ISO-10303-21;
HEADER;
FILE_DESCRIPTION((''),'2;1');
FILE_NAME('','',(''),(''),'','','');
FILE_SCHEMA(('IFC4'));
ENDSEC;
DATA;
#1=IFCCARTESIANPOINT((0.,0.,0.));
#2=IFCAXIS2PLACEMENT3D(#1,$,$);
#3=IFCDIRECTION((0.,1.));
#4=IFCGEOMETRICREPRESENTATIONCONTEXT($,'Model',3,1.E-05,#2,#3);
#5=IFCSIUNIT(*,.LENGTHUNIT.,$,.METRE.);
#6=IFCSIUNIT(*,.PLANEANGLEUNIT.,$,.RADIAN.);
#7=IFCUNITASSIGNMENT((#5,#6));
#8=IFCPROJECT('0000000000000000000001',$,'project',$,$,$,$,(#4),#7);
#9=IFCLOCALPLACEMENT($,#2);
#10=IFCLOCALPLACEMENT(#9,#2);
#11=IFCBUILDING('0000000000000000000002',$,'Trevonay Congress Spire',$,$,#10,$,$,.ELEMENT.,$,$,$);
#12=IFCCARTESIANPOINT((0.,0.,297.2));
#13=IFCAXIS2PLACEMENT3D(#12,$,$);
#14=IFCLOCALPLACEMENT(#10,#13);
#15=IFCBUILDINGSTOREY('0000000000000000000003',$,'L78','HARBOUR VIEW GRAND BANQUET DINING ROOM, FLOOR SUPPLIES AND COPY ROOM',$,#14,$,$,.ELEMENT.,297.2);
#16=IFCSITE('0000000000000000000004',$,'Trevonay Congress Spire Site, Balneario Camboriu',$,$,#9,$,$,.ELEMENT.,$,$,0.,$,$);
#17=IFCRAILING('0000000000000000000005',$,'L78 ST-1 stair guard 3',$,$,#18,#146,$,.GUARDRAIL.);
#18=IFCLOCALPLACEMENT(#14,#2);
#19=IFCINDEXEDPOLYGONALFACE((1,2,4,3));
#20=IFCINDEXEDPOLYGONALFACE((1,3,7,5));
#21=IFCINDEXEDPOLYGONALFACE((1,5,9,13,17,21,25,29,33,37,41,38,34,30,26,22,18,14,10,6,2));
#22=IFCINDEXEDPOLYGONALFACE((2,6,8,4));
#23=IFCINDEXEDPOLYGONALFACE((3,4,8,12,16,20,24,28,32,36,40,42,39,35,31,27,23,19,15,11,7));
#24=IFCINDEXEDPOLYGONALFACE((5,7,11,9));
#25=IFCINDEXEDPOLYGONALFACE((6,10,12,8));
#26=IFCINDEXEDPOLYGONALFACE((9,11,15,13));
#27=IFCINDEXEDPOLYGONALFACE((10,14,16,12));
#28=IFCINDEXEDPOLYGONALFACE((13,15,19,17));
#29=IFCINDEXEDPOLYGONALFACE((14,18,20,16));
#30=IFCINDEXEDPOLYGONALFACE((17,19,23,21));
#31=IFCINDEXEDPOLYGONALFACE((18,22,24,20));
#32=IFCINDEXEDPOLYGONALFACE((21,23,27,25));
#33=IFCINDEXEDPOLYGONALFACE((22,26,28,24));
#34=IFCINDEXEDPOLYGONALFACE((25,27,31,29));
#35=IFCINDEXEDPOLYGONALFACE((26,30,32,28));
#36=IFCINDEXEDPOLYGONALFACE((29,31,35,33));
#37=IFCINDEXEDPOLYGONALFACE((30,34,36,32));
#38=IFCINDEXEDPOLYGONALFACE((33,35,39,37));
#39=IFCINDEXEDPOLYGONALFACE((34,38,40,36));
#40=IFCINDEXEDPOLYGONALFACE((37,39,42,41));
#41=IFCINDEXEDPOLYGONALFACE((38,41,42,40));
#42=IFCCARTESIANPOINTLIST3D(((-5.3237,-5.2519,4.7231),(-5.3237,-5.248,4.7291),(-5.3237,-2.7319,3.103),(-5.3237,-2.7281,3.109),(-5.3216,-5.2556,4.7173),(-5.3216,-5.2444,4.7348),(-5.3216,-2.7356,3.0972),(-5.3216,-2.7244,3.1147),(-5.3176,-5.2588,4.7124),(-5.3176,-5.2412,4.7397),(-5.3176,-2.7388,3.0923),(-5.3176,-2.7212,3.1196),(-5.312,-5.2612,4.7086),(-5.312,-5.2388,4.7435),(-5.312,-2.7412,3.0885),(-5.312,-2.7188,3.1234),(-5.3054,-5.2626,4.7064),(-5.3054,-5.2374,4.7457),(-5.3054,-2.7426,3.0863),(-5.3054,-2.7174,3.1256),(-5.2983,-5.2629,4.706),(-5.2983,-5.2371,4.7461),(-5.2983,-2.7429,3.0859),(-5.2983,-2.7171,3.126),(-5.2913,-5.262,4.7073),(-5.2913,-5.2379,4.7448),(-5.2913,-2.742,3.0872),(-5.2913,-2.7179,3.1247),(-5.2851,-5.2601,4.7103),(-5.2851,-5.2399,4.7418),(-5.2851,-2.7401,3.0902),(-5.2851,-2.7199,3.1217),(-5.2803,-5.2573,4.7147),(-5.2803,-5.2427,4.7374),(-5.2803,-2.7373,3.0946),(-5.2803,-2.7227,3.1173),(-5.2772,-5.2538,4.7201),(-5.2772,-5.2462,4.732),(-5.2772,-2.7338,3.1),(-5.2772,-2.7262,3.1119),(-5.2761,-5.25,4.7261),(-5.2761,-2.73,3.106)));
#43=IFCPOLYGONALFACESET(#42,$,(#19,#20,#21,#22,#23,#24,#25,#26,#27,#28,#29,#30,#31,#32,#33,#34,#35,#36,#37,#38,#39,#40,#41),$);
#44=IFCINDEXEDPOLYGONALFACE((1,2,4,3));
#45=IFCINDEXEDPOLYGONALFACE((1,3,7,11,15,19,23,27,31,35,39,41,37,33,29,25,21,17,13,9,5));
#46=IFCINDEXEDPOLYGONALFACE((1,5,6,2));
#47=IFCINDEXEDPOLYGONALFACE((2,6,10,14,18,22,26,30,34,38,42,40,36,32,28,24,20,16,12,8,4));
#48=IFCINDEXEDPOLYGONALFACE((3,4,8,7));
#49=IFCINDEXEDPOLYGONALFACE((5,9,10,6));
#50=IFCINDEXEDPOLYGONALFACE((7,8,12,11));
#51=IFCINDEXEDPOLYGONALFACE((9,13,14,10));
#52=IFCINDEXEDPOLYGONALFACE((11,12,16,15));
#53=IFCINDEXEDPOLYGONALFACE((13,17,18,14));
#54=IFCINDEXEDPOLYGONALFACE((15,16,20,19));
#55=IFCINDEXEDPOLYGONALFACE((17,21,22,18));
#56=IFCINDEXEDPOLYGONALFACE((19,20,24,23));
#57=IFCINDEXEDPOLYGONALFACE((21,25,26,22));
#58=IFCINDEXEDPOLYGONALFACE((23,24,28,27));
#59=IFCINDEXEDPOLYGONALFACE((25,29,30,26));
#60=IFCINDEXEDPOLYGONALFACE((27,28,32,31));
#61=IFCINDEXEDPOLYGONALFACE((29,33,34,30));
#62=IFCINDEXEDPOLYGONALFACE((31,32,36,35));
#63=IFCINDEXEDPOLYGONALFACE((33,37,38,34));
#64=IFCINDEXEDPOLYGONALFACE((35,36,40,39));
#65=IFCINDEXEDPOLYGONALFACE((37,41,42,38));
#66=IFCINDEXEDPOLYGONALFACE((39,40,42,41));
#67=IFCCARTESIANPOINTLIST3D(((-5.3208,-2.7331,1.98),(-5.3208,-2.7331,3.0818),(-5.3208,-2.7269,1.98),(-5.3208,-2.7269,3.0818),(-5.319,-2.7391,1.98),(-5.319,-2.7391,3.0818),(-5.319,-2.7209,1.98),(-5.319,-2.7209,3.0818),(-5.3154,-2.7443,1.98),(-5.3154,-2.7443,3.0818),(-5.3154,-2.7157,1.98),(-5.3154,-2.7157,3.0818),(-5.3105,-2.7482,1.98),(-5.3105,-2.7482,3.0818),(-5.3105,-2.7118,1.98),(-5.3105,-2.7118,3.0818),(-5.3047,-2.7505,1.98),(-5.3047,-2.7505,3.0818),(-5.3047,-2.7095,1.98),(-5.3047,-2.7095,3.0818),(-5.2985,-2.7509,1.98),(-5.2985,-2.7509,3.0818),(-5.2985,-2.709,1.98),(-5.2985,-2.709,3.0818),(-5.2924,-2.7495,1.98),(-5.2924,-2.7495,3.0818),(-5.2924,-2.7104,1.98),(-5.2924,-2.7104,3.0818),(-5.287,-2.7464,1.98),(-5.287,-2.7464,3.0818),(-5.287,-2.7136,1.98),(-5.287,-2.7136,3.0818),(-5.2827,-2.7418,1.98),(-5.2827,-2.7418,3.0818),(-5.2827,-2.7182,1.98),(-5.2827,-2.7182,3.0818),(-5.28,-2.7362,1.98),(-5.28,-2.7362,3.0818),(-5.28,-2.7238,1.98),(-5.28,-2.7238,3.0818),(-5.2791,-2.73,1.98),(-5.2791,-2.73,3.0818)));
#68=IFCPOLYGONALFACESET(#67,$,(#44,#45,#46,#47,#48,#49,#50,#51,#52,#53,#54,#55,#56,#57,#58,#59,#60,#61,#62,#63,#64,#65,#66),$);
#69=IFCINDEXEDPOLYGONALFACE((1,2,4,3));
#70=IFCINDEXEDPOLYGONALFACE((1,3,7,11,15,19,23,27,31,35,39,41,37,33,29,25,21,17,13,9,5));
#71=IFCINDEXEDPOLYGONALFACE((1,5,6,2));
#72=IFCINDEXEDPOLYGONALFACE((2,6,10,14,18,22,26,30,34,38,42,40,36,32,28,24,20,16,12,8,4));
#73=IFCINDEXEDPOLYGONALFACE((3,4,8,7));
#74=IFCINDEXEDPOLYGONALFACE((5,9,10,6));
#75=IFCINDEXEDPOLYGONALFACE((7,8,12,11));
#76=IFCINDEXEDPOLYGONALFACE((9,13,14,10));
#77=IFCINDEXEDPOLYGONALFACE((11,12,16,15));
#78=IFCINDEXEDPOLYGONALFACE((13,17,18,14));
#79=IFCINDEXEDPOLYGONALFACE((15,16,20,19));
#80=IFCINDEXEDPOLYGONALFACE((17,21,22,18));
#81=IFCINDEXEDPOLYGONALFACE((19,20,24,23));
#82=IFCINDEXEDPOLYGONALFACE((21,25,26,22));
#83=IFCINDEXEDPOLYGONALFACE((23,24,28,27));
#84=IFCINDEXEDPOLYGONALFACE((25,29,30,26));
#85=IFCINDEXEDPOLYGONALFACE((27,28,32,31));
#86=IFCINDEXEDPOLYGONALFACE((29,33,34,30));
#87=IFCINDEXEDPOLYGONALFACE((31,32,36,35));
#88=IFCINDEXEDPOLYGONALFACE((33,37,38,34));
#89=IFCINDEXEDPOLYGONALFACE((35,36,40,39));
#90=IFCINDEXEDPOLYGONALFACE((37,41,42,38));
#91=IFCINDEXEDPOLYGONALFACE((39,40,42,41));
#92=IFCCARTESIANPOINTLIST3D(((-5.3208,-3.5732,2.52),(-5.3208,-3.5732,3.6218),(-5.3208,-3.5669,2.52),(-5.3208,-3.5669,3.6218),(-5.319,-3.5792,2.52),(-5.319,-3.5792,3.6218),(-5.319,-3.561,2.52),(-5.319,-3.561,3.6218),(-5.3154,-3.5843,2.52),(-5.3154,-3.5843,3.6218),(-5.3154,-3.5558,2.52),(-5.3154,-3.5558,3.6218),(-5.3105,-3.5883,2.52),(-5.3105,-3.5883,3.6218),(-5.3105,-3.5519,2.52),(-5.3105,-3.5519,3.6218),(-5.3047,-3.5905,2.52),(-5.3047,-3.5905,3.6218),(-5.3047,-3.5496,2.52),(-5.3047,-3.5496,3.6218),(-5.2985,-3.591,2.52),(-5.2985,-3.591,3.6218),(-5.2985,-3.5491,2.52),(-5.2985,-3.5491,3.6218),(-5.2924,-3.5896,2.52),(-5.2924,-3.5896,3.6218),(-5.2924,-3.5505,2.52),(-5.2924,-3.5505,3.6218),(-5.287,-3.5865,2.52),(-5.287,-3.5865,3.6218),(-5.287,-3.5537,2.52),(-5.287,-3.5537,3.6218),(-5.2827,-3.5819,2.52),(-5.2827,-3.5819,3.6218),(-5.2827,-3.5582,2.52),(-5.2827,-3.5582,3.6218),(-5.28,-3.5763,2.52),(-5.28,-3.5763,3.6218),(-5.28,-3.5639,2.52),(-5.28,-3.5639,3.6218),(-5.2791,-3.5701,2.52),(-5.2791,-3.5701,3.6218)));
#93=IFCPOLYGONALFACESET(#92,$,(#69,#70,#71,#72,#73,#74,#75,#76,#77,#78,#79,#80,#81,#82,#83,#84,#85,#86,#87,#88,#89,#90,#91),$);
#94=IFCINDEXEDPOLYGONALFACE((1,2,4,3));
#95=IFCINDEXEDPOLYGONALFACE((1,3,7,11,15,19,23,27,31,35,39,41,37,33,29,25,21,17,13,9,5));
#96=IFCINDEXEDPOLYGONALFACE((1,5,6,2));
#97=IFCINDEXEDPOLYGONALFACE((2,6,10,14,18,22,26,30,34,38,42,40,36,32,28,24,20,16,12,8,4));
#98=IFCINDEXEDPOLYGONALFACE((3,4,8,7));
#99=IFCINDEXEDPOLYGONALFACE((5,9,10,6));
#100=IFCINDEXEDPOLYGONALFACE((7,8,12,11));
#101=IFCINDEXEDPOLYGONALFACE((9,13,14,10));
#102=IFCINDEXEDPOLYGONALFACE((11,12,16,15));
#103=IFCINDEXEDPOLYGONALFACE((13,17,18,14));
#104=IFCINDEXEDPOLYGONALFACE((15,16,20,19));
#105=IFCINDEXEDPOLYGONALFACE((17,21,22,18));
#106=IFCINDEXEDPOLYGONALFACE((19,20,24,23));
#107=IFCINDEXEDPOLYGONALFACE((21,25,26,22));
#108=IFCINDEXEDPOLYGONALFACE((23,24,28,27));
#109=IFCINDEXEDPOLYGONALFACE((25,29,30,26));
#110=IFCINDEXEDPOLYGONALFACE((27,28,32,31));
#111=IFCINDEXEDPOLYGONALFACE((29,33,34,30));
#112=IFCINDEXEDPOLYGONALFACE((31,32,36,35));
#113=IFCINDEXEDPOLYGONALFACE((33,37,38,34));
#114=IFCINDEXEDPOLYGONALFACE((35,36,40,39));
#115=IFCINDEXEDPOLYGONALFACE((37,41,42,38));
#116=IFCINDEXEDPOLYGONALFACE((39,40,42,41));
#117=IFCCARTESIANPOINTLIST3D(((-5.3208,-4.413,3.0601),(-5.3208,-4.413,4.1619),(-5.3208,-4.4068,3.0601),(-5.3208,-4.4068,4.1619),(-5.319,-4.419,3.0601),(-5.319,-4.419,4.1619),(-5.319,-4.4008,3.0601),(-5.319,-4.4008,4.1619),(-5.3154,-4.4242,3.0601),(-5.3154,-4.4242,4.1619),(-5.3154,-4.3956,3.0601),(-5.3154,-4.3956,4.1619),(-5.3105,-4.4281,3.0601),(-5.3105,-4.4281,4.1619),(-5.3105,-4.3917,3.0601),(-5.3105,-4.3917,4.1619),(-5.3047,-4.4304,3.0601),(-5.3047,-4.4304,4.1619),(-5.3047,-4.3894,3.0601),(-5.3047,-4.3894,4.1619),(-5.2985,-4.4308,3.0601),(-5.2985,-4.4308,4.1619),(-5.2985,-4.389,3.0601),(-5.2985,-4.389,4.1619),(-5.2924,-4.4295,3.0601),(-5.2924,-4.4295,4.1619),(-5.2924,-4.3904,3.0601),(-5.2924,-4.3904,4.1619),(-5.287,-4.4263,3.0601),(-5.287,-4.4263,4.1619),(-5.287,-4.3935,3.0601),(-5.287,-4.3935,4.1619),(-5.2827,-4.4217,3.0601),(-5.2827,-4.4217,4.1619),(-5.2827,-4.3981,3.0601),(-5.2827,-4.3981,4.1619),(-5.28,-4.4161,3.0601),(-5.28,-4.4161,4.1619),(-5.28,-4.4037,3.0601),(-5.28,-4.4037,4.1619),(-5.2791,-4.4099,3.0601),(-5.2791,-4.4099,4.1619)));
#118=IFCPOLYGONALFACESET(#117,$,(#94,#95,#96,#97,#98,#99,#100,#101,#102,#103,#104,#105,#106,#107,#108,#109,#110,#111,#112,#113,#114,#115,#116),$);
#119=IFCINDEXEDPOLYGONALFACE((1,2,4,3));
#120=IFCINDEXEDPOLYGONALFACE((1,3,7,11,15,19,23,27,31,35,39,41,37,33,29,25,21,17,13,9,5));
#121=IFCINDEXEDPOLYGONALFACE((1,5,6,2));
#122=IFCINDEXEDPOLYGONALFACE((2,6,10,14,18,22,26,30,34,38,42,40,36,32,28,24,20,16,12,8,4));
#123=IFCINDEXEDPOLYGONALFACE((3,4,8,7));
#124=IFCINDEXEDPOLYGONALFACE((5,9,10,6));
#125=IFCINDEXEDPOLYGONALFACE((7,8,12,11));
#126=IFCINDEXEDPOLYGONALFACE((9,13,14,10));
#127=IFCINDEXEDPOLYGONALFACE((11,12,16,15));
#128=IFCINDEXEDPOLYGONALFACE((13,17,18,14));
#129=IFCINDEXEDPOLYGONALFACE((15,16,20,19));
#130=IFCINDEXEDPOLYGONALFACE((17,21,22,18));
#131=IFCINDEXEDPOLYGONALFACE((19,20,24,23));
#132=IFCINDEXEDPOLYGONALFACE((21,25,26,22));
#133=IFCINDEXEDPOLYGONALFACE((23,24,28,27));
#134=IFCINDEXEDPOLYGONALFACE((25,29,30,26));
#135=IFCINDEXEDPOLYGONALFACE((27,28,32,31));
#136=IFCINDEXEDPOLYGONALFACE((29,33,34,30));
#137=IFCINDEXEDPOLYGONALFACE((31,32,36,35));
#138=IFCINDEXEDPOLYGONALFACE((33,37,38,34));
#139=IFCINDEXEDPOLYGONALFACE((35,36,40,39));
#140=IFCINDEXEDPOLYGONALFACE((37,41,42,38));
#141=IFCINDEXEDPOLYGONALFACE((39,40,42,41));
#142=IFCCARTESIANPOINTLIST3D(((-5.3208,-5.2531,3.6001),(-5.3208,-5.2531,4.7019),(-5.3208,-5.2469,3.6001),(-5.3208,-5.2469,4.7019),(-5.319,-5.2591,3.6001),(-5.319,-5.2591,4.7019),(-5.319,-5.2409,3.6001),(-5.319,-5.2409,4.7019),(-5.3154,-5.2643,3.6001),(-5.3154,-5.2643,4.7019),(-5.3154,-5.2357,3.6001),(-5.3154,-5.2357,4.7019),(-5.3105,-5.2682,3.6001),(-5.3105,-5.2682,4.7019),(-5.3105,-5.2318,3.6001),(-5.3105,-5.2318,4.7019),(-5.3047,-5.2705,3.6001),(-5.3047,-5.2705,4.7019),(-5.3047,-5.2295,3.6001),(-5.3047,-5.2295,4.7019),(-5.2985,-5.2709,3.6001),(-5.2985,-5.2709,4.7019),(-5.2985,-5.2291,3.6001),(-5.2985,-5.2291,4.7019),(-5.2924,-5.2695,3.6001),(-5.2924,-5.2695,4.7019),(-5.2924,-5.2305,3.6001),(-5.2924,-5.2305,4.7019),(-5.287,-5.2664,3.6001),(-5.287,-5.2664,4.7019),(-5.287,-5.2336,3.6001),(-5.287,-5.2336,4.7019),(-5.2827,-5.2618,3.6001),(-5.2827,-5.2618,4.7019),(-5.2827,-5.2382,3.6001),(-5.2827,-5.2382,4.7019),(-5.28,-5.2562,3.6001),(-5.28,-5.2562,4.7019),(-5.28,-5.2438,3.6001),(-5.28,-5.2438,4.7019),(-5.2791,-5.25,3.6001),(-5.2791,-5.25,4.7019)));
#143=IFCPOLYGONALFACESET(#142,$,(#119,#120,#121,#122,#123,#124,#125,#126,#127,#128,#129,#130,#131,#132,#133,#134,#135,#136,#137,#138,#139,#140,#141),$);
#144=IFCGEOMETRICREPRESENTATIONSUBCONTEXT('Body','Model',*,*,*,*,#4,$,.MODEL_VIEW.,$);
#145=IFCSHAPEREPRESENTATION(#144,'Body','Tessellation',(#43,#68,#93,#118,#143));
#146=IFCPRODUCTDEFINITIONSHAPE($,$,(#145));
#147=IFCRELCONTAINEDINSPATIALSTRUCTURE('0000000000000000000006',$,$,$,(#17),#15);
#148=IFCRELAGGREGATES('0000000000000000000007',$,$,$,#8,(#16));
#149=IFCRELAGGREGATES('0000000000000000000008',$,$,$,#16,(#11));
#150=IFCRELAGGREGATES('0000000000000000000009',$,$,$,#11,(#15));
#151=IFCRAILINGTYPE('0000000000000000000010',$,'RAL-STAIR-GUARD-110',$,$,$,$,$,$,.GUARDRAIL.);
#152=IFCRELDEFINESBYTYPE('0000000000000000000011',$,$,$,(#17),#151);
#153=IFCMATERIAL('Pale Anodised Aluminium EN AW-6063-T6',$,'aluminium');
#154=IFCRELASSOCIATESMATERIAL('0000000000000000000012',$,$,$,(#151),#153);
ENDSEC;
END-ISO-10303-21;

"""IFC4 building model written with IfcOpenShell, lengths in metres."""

from ifc_helpers import new_model, si_unit, direction, frame, origin, origin_2d, place, context, subcontext, project, spatial, circle, extrude, material, type_object, element, save


model = new_model("IFC4")

# Units and contexts
model_context = context("Model", 3, precision=1e-05, world=origin(), true_north=direction((0.0, 1.0)))
body_context = subcontext(model_context, "Body", "Model", "MODEL_VIEW")
ifc_project = project(units=[si_unit("LENGTHUNIT", "METRE"), si_unit("PLANEANGLEUNIT", "RADIAN")], contexts=[model_context])

# Site, building, storey
site_placement = place(None, origin())
site = spatial("IfcSite", under=ifc_project, at=site_placement, Name="Trevonay Congress Spire Site, Balneario Camboriu", CompositionType="ELEMENT", RefElevation=0.0)
building_placement = place(site_placement, origin())
building = spatial("IfcBuilding", under=site, at=building_placement, Name="Trevonay Congress Spire", CompositionType="ELEMENT")
storey_placement = place(building_placement, frame((0.0, 0.0, 297.2)))
storey = spatial("IfcBuildingStorey", under=building, at=storey_placement, Name="L78", Description="HARBOUR VIEW GRAND BANQUET DINING ROOM, FLOOR SUPPLIES AND COPY ROOM", CompositionType="ELEMENT", Elevation=297.2)

# Shared definitions
ifc_material_1 = material(Name="Pale Anodised Aluminium EN AW-6063-T6", Category="aluminium")

# Railing
railing_type_1 = type_object("IfcRailingType", Name="RAL-STAIR-GUARD-110", PredefinedType="GUARDRAIL", material=ifc_material_1)
railing_1_placement = place(storey_placement, frame((-5.3, -2.73, 1.98)))
element("IfcRailing", 1, at=railing_1_placement, inside=storey, type_object=railing_type_1, Name="L78 ST-1 stair guard 3", PredefinedType="GUARDRAIL", context=body_context, shape_type="SweptSolid", body=[
    extrude(circle(Radius=0.0239, at=origin_2d()), frame((0.0, 0.0, 1.126), z_axis=(0.0, -0.841163, 0.540782), x_axis=(1.0, 0.0, 0.0)), (0.0, 0.0, 1.0), 2.9958),
    extrude(circle(Radius=0.021, at=origin_2d()), origin(), (0.0, 0.0, 1.0), 1.1018),
    extrude(circle(Radius=0.021, at=origin_2d()), frame((0.0, -0.8401, 0.54)), (0.0, 0.0, 1.0), 1.1018),
    extrude(circle(Radius=0.021, at=origin_2d()), frame((0.0, -1.6799, 1.0801)), (0.0, 0.0, 1.0), 1.1018),
    extrude(circle(Radius=0.021, at=origin_2d()), frame((0.0, -2.52, 1.6201)), (0.0, 0.0, 1.0), 1.1018),
])

save(model, "model.ifc")
